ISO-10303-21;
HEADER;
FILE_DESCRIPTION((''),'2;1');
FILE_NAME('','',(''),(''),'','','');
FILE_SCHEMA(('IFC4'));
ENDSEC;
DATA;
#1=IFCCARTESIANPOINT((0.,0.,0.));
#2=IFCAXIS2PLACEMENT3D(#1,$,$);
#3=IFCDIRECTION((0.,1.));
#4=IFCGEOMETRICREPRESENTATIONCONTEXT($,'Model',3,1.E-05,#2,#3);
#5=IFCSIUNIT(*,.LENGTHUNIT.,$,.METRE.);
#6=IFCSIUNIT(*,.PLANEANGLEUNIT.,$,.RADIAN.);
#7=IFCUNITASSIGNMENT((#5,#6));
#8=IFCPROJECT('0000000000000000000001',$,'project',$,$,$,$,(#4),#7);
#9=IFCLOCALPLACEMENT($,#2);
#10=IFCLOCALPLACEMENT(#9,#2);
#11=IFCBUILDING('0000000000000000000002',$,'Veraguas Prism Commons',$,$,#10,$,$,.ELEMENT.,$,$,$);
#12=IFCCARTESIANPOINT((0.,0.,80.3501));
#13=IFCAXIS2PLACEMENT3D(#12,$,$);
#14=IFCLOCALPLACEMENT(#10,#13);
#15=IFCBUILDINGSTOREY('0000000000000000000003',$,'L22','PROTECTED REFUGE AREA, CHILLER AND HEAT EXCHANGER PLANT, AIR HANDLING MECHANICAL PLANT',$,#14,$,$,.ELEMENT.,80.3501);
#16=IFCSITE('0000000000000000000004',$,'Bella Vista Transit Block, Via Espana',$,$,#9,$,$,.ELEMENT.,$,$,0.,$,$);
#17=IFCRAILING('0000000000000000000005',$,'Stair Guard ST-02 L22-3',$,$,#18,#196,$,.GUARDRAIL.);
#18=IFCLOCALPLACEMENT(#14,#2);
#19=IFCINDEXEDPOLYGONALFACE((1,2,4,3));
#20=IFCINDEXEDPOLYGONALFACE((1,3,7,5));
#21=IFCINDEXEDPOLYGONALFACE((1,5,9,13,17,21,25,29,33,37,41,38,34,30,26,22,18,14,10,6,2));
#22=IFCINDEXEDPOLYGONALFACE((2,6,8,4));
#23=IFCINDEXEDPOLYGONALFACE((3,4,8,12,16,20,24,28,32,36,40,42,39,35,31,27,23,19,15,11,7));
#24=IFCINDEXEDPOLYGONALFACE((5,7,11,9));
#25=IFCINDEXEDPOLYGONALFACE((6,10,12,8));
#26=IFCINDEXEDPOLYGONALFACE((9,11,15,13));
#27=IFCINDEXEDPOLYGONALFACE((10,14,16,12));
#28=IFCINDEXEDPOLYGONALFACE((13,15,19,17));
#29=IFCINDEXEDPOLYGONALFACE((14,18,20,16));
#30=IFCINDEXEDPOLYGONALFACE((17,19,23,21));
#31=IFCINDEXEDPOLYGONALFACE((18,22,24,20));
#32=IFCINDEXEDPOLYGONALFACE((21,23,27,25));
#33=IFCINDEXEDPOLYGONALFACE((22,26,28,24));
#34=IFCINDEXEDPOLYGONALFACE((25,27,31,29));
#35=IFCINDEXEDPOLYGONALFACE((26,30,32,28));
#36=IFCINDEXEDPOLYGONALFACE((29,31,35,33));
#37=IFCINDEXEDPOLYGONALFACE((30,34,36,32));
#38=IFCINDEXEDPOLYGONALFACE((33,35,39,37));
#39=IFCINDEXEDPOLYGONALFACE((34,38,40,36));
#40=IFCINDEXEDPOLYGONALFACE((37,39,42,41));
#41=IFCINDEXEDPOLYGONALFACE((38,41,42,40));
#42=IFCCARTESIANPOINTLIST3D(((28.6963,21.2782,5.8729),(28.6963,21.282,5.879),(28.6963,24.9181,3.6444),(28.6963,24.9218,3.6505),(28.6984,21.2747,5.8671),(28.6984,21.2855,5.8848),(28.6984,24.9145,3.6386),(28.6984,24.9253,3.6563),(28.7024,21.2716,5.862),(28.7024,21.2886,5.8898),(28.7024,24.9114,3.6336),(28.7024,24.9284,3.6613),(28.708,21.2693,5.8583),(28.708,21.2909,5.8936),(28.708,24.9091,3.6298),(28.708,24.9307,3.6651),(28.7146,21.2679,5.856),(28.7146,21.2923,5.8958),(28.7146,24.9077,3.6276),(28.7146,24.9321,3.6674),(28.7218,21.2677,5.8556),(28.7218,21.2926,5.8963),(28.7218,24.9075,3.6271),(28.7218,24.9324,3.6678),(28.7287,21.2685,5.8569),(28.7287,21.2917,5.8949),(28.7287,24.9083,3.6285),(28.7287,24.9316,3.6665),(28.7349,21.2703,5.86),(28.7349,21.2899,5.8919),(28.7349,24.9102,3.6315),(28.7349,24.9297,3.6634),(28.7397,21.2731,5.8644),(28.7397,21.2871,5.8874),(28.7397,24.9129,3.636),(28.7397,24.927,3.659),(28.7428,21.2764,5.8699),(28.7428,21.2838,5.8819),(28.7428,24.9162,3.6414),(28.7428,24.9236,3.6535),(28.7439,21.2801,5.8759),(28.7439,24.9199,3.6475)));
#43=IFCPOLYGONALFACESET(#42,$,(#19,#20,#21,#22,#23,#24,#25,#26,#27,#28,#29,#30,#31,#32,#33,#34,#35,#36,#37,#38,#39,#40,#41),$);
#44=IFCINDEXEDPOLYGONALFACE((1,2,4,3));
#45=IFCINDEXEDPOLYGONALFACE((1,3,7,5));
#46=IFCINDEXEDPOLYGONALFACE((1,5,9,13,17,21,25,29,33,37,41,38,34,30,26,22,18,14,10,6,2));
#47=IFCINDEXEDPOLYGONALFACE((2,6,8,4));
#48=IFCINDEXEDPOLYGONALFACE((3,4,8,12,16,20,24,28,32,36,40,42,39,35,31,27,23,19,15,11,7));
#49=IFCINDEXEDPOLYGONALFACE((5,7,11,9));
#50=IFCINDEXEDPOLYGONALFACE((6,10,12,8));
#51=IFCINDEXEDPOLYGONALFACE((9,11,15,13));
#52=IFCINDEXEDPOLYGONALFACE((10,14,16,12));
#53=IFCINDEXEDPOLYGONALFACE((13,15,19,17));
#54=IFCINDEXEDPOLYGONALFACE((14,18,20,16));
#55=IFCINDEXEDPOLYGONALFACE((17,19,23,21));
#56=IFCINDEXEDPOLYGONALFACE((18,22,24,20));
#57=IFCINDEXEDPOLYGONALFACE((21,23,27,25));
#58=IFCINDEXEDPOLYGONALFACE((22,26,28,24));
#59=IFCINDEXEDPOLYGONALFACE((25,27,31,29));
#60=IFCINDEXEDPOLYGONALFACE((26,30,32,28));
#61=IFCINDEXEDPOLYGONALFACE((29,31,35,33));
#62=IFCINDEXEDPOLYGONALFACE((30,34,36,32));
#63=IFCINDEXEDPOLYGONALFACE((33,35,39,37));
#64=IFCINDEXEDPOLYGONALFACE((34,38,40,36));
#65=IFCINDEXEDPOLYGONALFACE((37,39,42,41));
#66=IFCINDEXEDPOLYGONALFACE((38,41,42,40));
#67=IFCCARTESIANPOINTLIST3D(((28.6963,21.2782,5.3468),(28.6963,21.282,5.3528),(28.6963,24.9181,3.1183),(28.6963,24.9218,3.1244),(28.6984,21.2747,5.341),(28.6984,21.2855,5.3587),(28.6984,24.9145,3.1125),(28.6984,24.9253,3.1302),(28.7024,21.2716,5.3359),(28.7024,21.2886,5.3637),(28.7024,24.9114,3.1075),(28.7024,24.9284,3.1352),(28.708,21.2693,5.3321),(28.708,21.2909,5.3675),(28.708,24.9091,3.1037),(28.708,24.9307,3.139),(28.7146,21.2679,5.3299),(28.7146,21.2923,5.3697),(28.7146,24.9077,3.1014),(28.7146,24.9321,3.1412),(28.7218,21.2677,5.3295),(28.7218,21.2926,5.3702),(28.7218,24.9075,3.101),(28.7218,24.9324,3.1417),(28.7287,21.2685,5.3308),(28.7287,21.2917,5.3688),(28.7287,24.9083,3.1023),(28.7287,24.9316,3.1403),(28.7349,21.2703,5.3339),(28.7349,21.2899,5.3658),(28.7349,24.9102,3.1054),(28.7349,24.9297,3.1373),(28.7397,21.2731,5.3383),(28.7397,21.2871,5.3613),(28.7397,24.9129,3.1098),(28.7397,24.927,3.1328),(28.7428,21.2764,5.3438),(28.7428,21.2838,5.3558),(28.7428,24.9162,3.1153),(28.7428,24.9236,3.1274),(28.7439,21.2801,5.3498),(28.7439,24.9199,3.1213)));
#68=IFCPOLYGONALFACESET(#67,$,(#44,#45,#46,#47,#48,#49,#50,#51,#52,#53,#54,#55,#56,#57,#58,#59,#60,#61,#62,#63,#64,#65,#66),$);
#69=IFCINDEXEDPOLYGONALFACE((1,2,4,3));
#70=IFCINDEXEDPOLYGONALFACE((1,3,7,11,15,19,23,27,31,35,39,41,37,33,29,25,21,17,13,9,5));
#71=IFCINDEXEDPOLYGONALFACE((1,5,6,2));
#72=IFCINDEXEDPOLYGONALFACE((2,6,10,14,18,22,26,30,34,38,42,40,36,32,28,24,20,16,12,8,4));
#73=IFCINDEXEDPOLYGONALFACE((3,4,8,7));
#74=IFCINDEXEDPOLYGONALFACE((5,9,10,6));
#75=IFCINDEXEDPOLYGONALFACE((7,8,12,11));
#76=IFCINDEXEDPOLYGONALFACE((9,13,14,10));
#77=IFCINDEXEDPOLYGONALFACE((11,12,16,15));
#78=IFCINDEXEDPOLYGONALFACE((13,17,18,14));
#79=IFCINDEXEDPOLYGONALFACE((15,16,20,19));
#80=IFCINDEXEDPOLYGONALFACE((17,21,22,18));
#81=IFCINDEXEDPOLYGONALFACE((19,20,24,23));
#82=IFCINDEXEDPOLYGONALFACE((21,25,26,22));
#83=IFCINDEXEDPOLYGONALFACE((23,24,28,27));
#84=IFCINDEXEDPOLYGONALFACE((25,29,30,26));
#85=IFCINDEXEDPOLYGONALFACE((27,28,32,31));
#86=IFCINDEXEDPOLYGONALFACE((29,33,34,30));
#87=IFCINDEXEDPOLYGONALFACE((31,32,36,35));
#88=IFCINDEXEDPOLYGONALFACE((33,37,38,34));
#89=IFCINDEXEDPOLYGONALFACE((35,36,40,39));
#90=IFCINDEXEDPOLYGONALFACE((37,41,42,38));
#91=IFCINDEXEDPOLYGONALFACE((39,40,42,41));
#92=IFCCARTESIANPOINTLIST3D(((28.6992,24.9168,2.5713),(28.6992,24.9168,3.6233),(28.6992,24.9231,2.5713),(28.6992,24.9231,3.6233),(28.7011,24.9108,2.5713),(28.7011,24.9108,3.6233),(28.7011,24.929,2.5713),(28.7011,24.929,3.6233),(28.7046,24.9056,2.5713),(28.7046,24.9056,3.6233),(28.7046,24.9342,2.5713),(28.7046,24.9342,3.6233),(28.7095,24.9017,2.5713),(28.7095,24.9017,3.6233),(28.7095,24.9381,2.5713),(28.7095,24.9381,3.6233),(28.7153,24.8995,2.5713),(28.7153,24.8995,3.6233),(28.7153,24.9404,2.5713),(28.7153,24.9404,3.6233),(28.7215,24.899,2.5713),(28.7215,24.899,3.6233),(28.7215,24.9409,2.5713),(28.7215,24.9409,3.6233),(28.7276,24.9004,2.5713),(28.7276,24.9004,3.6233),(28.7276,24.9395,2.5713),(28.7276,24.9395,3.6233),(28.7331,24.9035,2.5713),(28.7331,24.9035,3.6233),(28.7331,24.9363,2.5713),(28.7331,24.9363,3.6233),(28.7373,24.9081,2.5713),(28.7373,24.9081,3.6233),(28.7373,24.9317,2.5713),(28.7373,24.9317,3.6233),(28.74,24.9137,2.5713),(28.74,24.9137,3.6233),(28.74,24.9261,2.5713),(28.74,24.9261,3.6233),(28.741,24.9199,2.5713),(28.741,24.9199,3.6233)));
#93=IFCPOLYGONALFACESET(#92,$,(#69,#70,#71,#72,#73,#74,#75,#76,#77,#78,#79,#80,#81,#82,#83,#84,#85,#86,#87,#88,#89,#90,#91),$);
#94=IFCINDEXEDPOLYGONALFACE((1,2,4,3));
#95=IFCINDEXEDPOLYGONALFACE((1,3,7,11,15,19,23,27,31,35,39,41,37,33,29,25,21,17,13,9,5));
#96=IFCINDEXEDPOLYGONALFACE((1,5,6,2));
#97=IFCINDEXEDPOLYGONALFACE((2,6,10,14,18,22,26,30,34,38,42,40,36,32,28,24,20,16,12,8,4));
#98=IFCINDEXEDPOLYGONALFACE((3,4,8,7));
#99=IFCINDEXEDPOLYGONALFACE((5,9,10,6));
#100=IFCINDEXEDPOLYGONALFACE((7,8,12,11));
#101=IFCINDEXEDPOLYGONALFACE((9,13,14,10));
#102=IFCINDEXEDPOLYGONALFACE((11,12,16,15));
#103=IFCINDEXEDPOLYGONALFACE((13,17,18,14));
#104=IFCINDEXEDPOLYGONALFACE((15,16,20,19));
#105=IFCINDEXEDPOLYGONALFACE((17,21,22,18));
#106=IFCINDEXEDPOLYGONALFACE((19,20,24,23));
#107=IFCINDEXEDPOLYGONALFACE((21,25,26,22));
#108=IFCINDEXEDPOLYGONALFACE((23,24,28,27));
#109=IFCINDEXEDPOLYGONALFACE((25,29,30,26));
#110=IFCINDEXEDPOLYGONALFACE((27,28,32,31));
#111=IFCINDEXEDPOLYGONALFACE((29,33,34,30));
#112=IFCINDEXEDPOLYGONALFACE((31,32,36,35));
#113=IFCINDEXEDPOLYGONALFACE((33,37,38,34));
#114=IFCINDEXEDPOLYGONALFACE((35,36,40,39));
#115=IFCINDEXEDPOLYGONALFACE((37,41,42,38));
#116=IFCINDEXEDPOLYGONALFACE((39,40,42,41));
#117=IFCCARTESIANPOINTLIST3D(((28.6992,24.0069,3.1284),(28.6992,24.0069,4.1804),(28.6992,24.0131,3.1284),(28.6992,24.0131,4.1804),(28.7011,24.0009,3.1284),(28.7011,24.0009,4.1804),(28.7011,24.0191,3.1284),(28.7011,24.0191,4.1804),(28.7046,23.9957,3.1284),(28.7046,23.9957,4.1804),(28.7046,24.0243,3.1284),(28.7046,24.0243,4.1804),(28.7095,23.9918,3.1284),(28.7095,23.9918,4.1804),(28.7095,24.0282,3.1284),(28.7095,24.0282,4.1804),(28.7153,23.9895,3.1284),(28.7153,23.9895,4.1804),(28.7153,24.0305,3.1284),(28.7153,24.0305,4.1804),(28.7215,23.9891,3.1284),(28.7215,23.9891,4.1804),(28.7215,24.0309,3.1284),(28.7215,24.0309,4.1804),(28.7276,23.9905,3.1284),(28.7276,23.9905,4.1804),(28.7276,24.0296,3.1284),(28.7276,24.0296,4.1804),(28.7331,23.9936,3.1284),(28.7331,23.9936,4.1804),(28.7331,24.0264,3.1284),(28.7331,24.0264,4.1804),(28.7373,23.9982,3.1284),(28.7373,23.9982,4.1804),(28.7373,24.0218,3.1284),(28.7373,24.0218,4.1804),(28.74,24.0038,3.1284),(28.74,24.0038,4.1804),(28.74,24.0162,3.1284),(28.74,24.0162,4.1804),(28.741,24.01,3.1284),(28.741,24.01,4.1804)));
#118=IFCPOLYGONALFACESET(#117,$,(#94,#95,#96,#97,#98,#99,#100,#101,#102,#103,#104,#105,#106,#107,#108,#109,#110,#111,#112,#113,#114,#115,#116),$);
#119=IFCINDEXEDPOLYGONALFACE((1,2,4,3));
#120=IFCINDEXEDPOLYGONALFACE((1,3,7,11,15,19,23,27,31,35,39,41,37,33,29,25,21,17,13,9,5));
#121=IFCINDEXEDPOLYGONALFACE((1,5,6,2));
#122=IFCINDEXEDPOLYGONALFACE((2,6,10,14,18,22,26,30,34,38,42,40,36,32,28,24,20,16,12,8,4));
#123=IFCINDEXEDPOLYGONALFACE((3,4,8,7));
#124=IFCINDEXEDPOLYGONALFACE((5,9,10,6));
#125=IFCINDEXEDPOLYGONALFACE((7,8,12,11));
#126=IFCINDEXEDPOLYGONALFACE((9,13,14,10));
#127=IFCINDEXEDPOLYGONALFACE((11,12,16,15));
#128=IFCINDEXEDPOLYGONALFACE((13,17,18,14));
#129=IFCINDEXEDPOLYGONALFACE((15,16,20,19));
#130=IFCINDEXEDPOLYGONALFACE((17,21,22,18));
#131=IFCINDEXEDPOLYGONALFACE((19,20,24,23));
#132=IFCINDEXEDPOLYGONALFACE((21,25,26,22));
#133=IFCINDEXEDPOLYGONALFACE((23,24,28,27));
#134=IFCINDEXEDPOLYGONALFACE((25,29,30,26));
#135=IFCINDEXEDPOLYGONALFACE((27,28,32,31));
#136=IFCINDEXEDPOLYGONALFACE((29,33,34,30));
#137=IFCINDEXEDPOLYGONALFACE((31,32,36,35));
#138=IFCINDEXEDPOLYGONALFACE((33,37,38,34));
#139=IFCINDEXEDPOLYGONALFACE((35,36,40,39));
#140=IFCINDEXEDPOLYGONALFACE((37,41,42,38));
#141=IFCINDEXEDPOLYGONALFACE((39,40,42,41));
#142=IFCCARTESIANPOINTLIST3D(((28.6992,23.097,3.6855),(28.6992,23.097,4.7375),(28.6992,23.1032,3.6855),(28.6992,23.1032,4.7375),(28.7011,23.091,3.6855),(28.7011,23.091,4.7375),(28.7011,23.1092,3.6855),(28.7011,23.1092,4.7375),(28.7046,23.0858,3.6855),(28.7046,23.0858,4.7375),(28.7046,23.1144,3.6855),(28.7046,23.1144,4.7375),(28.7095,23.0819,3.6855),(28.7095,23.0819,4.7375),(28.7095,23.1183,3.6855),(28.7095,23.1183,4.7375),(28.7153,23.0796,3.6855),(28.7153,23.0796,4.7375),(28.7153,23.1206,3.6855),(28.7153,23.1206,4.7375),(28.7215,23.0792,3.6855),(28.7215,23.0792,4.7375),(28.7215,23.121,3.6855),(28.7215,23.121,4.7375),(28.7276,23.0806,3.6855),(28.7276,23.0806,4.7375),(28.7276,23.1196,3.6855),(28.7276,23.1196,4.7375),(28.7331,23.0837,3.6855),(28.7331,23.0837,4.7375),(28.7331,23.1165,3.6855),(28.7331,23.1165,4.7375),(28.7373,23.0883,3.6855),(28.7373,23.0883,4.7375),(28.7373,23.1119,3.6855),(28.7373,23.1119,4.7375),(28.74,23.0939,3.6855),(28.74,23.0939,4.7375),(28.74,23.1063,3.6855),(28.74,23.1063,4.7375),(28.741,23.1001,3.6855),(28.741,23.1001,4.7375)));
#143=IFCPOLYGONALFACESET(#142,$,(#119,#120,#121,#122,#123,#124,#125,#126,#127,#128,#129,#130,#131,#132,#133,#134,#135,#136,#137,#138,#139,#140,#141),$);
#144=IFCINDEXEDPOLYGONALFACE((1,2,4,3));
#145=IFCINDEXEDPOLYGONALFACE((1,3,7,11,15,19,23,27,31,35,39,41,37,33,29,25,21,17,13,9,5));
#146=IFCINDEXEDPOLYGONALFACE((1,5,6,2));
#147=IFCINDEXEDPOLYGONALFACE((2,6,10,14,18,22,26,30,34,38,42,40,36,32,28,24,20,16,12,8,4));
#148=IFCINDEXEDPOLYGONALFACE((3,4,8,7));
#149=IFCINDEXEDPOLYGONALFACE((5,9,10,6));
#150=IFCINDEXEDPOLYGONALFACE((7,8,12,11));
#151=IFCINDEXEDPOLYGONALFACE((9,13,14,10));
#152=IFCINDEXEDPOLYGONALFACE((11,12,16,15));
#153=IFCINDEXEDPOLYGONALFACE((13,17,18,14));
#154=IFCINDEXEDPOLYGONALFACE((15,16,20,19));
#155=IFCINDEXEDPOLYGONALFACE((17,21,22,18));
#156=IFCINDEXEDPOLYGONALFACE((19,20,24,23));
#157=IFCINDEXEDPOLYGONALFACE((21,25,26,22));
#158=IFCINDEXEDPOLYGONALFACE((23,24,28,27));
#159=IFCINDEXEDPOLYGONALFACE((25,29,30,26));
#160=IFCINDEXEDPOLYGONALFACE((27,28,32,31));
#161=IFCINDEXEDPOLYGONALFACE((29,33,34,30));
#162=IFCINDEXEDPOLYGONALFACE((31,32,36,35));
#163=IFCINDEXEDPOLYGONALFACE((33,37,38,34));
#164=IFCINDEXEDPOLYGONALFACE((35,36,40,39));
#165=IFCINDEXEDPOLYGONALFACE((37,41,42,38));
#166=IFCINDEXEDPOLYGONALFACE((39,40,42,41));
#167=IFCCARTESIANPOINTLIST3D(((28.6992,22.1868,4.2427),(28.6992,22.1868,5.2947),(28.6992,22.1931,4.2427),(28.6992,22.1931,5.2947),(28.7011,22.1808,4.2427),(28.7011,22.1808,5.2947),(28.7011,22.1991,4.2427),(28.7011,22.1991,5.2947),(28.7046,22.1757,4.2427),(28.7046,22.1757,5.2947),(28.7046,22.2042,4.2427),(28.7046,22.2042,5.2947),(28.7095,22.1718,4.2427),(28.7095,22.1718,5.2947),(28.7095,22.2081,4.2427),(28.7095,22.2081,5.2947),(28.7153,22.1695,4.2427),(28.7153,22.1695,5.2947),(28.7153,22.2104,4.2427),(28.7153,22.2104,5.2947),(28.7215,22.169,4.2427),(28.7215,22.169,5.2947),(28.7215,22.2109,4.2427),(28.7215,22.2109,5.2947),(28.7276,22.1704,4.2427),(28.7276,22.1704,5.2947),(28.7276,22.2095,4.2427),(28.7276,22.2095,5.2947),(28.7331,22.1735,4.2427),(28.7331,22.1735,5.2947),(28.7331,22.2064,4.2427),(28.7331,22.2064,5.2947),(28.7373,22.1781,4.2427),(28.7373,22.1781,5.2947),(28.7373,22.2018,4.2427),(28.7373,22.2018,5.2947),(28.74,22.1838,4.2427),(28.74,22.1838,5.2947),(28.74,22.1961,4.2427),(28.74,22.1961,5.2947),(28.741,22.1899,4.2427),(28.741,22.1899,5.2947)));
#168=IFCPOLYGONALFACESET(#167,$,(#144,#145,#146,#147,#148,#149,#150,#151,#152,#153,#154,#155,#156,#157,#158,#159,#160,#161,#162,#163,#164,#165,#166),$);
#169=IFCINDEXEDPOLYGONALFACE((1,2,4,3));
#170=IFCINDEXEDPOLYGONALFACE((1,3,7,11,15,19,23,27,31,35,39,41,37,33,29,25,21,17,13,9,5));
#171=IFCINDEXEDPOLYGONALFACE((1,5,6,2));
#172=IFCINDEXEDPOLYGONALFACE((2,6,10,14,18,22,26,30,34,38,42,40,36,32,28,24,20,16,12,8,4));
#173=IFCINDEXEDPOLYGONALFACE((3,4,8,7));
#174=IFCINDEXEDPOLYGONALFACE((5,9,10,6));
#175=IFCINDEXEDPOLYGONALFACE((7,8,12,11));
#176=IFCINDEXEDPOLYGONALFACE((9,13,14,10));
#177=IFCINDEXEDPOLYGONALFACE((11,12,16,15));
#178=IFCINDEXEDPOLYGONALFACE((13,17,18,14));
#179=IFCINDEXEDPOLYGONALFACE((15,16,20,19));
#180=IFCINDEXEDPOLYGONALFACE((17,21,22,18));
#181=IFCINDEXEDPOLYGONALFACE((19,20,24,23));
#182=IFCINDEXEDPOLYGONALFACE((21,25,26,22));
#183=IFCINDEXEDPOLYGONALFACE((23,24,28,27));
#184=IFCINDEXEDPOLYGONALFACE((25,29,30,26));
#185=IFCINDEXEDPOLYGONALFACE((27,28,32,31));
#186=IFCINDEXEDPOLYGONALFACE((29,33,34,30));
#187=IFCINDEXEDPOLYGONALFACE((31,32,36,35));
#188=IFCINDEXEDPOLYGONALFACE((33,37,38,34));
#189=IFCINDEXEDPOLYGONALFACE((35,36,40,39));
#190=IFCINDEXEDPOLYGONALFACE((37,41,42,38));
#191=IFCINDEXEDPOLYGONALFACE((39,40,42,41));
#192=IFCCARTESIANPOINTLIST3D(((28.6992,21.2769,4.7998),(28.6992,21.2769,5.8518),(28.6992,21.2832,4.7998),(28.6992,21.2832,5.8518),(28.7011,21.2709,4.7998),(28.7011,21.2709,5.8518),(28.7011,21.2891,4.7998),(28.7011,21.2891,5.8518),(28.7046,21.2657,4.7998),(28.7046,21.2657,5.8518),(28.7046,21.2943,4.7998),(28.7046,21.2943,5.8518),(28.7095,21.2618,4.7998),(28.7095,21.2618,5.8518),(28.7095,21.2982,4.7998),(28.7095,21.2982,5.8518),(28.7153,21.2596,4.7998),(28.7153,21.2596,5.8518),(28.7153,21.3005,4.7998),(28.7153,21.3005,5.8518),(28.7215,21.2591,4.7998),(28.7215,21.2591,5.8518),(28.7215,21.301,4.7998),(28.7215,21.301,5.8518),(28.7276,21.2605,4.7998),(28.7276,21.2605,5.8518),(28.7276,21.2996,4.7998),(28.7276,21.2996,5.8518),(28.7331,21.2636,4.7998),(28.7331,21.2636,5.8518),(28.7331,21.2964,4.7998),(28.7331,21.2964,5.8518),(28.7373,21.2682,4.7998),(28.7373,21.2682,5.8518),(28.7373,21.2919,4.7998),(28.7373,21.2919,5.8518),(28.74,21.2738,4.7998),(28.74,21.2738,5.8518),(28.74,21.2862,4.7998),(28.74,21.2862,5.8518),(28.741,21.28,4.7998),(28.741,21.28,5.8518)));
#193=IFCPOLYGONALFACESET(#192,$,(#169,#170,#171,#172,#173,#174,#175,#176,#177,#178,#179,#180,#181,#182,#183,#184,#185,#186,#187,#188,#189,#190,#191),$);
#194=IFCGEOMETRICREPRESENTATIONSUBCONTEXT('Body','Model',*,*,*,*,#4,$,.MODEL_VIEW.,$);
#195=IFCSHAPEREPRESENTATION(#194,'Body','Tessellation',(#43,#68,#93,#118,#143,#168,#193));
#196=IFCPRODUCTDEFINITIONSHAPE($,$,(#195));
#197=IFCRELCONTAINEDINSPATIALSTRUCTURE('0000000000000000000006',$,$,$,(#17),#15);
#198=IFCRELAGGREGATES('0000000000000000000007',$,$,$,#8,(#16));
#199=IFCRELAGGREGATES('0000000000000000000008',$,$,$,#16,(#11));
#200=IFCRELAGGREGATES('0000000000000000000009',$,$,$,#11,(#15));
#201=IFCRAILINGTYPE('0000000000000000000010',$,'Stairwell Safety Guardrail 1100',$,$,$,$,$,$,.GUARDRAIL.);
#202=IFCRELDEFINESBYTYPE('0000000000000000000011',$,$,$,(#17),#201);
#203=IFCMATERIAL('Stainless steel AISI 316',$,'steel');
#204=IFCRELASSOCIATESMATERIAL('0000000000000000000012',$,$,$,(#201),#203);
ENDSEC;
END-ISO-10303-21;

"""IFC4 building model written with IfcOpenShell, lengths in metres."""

from ifc_helpers import new_model, si_unit, direction, frame, origin, origin_2d, place, context, subcontext, project, spatial, circle, extrude, material, type_object, element, save


model = new_model("IFC4")

# Units and contexts
model_context = context("Model", 3, precision=1e-05, world=origin(), true_north=direction((0.0, 1.0)))
body_context = subcontext(model_context, "Body", "Model", "MODEL_VIEW")
ifc_project = project(units=[si_unit("LENGTHUNIT", "METRE"), si_unit("PLANEANGLEUNIT", "RADIAN")], contexts=[model_context])

# Site, building, storey
site_placement = place(None, origin())
site = spatial("IfcSite", under=ifc_project, at=site_placement, Name="Bella Vista Transit Block, Via Espana", CompositionType="ELEMENT", RefElevation=0.0)
building_placement = place(site_placement, origin())
building = spatial("IfcBuilding", under=site, at=building_placement, Name="Veraguas Prism Commons", CompositionType="ELEMENT")
storey_placement = place(building_placement, frame((0.0, 0.0, 80.3501)))
storey = spatial("IfcBuildingStorey", under=building, at=storey_placement, Name="L22", Description="PROTECTED REFUGE AREA, CHILLER AND HEAT EXCHANGER PLANT, AIR HANDLING MECHANICAL PLANT", CompositionType="ELEMENT", Elevation=80.3501)

# Railing
ifc_material_1 = material(Name="Stainless steel AISI 316", Category="steel")
railing_type_1 = type_object("IfcRailingType", Name="Stairwell Safety Guardrail 1100", PredefinedType="GUARDRAIL", material=ifc_material_1)
railing_1_placement = place(storey_placement, frame((28.72, 24.9199, 2.5713)))
element("IfcRailing", 1, at=railing_1_placement, inside=storey, type_object=railing_type_1, Name="Stair Guard ST-02 L22-3", PredefinedType="GUARDRAIL", context=body_context, shape_type="SweptSolid", body=[
    extrude(circle(Radius=0.0239, at=origin_2d()), frame((0.0, 0.0, 1.0762), z_axis=(0.0, -0.85285, 0.522156), x_axis=(1.0, 0.0, 0.0)), (0.0, 0.0, 1.0), 4.2678),
    extrude(circle(Radius=0.0239, at=origin_2d()), frame((0.0, 0.0, 0.55), z_axis=(0.0, -0.85285, 0.522156), x_axis=(1.0, 0.0, 0.0)), (0.0, 0.0, 1.0), 4.2678),
    extrude(circle(Radius=0.021, at=origin_2d()), origin(), (0.0, 0.0, 1.0), 1.052),
    extrude(circle(Radius=0.021, at=origin_2d()), frame((0.0, -0.9099, 0.5571)), (0.0, 0.0, 1.0), 1.052),
    extrude(circle(Radius=0.021, at=origin_2d()), frame((0.0, -1.8198, 1.1143)), (0.0, 0.0, 1.0), 1.052),
    extrude(circle(Radius=0.021, at=origin_2d()), frame((0.0, -2.73, 1.6714)), (0.0, 0.0, 1.0), 1.052),
    extrude(circle(Radius=0.021, at=origin_2d()), frame((0.0, -3.6399, 2.2285)), (0.0, 0.0, 1.0), 1.052),
])

save(model, "model.ifc")
